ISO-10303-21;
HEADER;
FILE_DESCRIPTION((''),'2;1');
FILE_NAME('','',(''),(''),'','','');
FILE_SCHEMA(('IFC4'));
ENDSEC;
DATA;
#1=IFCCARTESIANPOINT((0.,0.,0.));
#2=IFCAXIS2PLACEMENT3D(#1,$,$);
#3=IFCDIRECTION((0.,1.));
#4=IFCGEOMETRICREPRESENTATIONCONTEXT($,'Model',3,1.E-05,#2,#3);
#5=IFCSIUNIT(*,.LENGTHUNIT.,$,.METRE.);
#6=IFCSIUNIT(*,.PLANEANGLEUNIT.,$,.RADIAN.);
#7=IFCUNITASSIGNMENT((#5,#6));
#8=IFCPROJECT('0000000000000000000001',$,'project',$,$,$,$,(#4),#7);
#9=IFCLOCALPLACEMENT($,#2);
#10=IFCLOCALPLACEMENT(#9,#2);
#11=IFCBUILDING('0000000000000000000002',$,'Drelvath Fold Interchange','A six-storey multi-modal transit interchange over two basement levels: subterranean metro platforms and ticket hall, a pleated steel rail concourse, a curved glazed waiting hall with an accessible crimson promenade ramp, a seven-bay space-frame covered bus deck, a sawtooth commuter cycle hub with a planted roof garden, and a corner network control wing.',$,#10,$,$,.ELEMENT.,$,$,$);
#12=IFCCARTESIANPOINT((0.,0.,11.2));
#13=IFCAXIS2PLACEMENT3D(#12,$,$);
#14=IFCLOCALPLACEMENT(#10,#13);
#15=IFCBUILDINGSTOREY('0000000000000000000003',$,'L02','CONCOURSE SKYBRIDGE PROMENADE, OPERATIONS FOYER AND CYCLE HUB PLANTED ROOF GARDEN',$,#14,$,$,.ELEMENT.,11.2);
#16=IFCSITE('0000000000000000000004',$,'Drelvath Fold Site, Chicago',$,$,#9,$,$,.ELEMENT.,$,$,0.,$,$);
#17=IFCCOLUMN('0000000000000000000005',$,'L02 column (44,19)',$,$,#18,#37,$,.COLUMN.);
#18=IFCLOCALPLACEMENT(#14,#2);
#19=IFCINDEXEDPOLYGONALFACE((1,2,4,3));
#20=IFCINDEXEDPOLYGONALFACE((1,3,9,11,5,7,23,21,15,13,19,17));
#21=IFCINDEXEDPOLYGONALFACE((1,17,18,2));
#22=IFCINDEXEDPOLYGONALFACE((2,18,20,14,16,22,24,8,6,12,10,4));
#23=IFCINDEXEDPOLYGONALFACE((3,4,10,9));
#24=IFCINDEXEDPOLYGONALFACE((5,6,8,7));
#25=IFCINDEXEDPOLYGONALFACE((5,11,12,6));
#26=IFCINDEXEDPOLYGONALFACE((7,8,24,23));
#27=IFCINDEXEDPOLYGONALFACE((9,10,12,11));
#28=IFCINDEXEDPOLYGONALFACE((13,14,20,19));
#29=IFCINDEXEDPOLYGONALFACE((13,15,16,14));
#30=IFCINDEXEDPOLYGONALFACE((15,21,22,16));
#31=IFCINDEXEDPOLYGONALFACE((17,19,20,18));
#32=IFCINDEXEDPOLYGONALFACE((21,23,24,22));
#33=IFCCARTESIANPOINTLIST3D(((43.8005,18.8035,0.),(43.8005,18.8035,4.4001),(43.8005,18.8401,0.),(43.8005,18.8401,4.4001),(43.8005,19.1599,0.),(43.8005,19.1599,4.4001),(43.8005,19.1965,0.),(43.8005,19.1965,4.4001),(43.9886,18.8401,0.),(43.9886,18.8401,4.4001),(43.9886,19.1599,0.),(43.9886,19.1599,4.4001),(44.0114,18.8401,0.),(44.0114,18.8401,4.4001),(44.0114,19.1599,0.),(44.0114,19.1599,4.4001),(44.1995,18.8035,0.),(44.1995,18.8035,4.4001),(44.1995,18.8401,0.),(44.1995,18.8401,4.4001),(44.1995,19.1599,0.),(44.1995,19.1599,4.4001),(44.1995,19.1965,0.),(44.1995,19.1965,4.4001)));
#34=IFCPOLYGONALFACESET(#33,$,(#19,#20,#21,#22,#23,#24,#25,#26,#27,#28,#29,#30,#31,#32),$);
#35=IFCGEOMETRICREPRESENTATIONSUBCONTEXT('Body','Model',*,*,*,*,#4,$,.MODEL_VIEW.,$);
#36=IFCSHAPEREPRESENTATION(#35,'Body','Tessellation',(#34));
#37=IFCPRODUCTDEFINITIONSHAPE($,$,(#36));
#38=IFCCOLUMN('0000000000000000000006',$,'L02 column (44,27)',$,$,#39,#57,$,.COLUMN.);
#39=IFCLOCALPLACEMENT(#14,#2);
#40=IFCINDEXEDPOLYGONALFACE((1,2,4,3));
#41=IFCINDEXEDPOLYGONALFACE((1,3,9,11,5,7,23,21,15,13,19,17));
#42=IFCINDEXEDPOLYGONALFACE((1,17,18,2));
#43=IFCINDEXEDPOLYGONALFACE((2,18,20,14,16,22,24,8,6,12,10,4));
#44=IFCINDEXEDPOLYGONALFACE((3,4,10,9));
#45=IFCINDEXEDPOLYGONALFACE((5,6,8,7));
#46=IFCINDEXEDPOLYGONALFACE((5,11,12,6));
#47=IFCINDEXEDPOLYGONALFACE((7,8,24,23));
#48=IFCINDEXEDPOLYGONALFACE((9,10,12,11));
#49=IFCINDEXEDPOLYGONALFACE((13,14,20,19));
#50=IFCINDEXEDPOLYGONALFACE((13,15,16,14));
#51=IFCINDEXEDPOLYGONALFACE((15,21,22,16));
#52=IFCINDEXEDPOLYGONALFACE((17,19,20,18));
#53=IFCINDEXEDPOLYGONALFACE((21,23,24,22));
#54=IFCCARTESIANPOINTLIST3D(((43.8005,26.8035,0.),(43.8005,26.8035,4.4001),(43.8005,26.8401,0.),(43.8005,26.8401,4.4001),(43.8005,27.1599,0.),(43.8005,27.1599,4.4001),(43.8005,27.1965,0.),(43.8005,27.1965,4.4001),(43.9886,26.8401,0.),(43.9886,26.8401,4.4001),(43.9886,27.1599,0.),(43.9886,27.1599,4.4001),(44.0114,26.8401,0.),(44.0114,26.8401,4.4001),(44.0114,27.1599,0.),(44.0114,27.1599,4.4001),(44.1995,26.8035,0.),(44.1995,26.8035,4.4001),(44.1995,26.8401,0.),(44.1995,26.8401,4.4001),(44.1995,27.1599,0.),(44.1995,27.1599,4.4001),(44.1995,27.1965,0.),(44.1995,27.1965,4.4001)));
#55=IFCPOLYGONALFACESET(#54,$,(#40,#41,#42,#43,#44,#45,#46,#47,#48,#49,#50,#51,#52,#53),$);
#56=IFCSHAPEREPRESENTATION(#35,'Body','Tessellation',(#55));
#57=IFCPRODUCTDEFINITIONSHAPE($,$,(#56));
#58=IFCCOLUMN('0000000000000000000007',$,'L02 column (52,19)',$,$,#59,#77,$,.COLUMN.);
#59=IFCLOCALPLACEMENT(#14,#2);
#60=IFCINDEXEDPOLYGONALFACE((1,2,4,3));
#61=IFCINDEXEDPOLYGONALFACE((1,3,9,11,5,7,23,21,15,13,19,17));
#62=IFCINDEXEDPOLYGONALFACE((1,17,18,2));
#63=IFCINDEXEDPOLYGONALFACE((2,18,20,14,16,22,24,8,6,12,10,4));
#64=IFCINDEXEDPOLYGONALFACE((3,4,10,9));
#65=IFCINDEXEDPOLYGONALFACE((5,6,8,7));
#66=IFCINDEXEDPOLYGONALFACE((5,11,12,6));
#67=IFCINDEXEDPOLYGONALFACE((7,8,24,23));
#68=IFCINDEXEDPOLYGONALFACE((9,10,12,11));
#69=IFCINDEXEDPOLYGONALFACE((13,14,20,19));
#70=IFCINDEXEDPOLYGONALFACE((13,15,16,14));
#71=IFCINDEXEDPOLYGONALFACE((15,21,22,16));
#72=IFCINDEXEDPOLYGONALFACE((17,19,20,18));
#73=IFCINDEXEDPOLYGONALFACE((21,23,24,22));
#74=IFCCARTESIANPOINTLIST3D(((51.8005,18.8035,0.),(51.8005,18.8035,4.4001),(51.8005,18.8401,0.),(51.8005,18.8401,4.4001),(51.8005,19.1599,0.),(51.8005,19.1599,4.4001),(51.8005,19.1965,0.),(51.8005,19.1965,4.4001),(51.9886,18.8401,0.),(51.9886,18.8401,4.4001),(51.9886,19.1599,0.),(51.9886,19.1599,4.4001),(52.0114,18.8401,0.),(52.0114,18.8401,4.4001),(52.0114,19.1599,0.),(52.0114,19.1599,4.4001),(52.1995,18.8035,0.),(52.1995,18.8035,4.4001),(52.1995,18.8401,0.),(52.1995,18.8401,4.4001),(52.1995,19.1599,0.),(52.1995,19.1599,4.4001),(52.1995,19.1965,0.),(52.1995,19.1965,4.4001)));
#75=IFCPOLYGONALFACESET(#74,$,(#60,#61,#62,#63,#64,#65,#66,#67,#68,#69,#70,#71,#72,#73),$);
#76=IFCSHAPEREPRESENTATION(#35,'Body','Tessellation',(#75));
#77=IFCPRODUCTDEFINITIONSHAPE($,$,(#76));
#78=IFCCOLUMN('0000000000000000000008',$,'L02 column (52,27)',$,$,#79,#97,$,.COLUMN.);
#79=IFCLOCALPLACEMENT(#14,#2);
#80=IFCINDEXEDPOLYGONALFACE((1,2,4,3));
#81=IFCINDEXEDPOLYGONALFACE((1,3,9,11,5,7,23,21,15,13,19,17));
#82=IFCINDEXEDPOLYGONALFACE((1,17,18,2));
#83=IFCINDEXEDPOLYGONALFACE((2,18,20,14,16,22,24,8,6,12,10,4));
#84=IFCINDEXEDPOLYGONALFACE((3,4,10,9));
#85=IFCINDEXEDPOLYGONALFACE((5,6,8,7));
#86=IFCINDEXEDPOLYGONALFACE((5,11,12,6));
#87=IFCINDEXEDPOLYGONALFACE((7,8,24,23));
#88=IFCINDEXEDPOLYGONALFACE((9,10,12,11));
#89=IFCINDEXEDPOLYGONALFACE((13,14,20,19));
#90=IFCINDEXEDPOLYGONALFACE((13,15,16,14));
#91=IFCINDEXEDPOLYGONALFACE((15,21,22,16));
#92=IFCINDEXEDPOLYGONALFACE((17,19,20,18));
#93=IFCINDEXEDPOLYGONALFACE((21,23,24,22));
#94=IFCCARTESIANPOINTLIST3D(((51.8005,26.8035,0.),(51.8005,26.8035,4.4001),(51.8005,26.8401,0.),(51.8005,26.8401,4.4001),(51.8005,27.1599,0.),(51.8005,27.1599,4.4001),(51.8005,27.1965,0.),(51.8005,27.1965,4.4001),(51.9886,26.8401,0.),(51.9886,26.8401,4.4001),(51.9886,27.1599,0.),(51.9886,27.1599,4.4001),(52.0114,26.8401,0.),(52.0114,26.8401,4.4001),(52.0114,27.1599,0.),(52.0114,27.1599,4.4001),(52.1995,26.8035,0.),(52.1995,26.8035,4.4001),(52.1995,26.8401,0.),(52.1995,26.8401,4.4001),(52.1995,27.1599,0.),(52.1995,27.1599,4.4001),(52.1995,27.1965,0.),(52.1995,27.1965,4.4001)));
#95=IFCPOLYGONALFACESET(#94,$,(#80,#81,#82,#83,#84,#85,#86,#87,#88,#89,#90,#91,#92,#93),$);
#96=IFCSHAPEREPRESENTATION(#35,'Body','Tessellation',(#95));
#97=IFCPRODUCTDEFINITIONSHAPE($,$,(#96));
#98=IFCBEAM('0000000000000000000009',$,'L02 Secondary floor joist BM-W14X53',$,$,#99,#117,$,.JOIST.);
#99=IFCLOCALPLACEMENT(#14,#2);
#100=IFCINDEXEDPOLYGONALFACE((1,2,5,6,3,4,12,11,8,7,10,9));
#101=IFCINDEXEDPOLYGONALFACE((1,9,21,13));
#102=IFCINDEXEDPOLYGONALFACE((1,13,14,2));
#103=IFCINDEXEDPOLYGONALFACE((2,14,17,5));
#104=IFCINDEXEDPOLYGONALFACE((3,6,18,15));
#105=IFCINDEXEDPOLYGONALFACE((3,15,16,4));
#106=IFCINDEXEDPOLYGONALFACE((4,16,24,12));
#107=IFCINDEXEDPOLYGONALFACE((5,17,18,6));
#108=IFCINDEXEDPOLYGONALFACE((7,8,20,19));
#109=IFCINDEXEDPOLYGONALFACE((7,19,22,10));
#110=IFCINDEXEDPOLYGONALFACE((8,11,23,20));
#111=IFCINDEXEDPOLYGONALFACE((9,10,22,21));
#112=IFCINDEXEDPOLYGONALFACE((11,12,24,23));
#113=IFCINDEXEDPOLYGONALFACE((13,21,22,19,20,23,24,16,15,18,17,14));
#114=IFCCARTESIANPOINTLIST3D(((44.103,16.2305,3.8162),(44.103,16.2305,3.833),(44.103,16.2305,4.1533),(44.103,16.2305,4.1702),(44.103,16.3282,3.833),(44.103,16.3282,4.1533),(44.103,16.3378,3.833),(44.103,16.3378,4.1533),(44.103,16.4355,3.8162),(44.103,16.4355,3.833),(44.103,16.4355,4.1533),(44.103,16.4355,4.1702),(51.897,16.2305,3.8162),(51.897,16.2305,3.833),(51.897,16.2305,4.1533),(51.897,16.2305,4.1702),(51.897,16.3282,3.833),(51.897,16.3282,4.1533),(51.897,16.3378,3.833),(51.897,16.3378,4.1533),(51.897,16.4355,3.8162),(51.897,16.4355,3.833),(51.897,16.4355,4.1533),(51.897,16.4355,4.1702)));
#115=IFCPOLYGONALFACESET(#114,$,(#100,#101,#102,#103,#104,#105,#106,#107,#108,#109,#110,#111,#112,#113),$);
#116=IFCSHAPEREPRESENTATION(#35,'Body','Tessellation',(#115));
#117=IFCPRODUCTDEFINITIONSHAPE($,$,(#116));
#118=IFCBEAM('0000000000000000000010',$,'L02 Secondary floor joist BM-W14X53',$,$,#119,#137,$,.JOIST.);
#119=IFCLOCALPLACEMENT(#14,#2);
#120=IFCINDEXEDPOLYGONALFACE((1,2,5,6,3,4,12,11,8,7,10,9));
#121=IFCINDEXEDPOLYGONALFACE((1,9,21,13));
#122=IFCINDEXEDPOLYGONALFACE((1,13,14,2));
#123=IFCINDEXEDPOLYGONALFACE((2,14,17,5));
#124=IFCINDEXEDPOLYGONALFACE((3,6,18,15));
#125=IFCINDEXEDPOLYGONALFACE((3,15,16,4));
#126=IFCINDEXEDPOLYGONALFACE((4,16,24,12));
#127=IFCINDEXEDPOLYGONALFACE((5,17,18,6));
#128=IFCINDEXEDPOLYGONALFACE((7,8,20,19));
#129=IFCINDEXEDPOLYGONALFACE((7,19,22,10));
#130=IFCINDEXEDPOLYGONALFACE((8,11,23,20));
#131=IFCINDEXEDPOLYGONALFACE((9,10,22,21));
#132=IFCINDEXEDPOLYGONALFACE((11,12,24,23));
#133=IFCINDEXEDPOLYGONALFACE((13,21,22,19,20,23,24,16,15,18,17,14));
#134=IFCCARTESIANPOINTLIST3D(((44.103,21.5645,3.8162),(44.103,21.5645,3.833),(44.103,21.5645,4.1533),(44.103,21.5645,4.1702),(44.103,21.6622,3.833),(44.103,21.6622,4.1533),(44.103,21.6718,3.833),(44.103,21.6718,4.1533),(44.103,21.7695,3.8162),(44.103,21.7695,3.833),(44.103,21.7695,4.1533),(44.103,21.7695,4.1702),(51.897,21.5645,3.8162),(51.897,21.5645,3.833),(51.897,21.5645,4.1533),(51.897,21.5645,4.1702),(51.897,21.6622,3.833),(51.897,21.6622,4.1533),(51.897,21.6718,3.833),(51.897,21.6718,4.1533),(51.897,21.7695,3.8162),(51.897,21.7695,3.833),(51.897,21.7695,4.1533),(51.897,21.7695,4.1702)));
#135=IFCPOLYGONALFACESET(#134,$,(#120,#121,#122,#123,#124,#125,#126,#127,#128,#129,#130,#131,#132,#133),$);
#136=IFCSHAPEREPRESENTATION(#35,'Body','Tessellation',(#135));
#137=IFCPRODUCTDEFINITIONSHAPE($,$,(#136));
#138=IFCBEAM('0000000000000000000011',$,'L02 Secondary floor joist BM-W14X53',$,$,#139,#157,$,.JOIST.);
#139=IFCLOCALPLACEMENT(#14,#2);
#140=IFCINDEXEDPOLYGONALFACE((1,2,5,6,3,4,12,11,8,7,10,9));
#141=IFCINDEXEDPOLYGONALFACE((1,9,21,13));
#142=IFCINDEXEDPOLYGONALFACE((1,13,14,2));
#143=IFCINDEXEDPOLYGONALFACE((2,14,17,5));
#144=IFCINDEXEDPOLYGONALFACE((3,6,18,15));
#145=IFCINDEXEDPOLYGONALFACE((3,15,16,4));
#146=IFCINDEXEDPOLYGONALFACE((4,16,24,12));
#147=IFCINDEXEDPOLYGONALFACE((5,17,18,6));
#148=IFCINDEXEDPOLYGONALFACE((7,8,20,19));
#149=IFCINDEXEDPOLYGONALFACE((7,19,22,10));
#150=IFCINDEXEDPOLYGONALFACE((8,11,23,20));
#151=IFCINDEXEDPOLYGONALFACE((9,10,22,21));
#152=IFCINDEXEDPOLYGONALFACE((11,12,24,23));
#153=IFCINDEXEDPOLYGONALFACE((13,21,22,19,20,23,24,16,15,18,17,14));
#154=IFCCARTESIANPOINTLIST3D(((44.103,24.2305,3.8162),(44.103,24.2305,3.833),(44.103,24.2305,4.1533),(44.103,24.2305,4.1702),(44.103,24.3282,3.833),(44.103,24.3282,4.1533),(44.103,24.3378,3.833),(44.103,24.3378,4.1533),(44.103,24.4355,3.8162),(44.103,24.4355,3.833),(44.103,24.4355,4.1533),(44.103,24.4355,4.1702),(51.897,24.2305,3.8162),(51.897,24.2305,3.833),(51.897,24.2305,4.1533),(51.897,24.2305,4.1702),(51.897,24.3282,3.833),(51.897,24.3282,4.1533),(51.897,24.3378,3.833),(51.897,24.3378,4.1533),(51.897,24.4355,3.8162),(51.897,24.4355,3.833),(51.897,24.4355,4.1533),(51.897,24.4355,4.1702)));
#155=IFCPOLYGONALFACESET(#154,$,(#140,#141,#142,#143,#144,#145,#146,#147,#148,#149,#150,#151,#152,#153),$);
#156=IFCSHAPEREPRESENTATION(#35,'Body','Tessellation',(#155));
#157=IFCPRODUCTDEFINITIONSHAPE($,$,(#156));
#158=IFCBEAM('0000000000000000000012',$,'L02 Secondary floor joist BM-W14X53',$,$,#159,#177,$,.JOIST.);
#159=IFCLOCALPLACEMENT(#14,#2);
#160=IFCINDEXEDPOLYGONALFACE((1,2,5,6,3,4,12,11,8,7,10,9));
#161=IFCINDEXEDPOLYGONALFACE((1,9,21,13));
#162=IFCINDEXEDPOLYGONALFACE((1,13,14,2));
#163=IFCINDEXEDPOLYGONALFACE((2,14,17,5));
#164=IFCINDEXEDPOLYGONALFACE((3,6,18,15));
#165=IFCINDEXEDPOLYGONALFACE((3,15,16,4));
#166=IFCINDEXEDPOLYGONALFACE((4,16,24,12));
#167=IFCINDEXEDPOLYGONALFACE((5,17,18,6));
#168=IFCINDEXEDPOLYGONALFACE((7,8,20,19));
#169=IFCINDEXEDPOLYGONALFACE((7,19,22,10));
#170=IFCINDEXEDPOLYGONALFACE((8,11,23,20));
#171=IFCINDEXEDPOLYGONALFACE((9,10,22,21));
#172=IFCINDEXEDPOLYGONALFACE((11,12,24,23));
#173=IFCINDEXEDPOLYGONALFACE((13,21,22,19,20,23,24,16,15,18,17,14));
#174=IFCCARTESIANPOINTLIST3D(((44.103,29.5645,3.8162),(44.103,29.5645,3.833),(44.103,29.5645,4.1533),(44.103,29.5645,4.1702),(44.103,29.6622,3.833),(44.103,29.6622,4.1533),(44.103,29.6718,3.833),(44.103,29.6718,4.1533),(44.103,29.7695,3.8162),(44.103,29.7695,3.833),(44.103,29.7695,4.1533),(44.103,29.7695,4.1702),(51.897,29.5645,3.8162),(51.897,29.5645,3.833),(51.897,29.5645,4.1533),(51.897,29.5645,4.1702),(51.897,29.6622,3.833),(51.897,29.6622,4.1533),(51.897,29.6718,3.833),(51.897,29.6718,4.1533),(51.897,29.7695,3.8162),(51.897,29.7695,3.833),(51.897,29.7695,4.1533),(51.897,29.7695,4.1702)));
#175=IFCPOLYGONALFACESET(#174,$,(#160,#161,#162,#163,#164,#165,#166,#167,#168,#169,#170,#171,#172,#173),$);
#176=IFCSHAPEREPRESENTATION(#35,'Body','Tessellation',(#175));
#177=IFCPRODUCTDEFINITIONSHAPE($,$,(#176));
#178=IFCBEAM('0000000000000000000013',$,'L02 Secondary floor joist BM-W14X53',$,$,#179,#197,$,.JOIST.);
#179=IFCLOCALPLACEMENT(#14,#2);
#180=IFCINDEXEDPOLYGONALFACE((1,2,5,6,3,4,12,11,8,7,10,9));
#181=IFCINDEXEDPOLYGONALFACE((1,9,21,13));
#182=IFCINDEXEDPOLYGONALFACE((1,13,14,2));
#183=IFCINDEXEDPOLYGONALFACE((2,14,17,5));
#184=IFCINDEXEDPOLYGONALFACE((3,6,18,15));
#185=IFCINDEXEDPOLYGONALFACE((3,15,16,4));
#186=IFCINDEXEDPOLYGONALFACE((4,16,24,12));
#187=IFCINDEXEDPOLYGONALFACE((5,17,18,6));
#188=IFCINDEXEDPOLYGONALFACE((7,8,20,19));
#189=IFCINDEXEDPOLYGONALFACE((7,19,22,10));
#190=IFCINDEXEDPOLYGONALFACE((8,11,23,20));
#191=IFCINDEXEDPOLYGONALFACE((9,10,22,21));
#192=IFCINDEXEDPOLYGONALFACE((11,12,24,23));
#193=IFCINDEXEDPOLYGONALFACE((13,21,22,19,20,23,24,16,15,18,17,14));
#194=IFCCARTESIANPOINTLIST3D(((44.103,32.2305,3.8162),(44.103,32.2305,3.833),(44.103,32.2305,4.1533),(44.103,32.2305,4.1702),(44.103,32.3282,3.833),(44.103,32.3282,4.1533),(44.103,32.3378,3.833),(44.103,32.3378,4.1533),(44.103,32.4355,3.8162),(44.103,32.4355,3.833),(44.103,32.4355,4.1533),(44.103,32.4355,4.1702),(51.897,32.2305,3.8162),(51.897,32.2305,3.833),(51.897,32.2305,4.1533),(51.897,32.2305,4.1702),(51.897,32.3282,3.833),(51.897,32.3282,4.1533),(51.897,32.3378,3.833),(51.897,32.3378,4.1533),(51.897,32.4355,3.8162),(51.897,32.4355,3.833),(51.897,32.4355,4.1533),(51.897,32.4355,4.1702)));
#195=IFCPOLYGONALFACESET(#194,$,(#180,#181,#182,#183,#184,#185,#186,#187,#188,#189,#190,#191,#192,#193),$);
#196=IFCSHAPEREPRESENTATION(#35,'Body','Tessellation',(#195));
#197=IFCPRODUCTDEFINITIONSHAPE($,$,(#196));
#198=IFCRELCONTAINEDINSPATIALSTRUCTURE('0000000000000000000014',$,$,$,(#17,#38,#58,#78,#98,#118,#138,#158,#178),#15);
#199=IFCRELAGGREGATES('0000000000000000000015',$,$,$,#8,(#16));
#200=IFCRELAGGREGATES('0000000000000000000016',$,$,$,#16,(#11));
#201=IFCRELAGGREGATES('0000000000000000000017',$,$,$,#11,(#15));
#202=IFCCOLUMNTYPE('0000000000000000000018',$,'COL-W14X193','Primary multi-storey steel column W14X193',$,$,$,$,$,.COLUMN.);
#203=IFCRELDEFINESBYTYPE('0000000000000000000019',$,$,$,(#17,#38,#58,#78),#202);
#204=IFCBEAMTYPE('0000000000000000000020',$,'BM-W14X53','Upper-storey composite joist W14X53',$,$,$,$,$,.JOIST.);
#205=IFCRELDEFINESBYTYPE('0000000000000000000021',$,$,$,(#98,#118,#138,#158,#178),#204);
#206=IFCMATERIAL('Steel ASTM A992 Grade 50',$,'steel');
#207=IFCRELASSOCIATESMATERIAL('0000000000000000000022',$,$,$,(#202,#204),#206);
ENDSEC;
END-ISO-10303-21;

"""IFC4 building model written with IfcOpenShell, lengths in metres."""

from ifc_helpers import new_model, si_unit, direction, frame, origin, origin_2d, place, context, subcontext, project, spatial, i_section, extrude, material, material_profile, profile_set, type_object, element, save


model = new_model("IFC4")

# Units and contexts
model_context = context("Model", 3, precision=1e-05, world=origin(), true_north=direction((0.0, 1.0)))
body_context = subcontext(model_context, "Body", "Model", "MODEL_VIEW")
ifc_project = project(units=[si_unit("LENGTHUNIT", "METRE"), si_unit("PLANEANGLEUNIT", "RADIAN")], contexts=[model_context])

# Site, building, storey
site_placement = place(None, origin())
site = spatial("IfcSite", under=ifc_project, at=site_placement, Name="Drelvath Fold Site, Chicago", CompositionType="ELEMENT", RefElevation=0.0)
building_placement = place(site_placement, origin())
building = spatial("IfcBuilding", under=site, at=building_placement, Name="Drelvath Fold Interchange", Description="A six-storey multi-modal transit interchange over two basement levels: subterranean metro platforms and ticket hall, a pleated steel rail concourse, a curved glazed waiting hall with an accessible crimson promenade ramp, a seven-bay space-frame covered bus deck, a sawtooth commuter cycle hub with a planted roof garden, and a corner network control wing.", CompositionType="ELEMENT")
storey_placement = place(building_placement, frame((0.0, 0.0, 11.2)))
storey = spatial("IfcBuildingStorey", under=building, at=storey_placement, Name="L02", Description="CONCOURSE SKYBRIDGE PROMENADE, OPERATIONS FOYER AND CYCLE HUB PLANTED ROOF GARDEN", CompositionType="ELEMENT", Elevation=11.2)

# Columns
ifc_material_1 = material(Name="Steel ASTM A992 Grade 50", Category="steel")
ifc_material_profile_1 = material_profile(ifc_material_1, i_section(OverallWidth=0.3989, OverallDepth=0.3931, WebThickness=0.0227, FlangeThickness=0.0366, at=origin_2d()), Name="W14X193")
ifc_profile_set_1 = profile_set([ifc_material_profile_1], Name="Steel ASTM A992 Grade 50")
column_type = type_object("IfcColumnType", Name="COL-W14X193", Description="Primary multi-storey steel column W14X193", PredefinedType="COLUMN", material=ifc_profile_set_1)
for number, where, z_axis, x_axis, name in (
    (1, (44.0, 19.0, 0.0), (0.0, 0.0, 1.0), (1.0, 0.0, 0.0), "L02 column (44,19)"),
    (2, (44.0, 27.0, 0.0), (0.0, 0.0, 1.0), (1.0, 0.0, 0.0), "L02 column (44,27)"),
    (3, (52.0, 19.0, 0.0), (0.0, 0.0, 1.0), (1.0, 0.0, 0.0), "L02 column (52,19)"),
    (4, (52.0, 27.0, 0.0), (0.0, 0.0, 1.0), (1.0, 0.0, 0.0), "L02 column (52,27)"),
):
    element("IfcColumn", number, at=place(storey_placement, frame(where, z_axis=z_axis, x_axis=x_axis)), inside=storey, type_object=column_type, Name=name, PredefinedType="COLUMN", context=body_context, shape_type="SweptSolid", body=[
        extrude(i_section(OverallWidth=0.3989, OverallDepth=0.3931, WebThickness=0.0227, FlangeThickness=0.0366, at=origin_2d()), origin(), (0.0, 0.0, 1.0), 4.4001),
    ])

# Beams
ifc_material_profile_2 = material_profile(ifc_material_1, i_section(OverallWidth=0.2051, OverallDepth=0.354, WebThickness=0.0095, FlangeThickness=0.0168, at=origin_2d()), Name="W14X53")
ifc_profile_set_2 = profile_set([ifc_material_profile_2], Name="Steel ASTM A992 Grade 50")
beam_type_1 = type_object("IfcBeamType", Name="BM-W14X53", Description="Upper-storey composite joist W14X53", PredefinedType="JOIST", material=ifc_profile_set_2)
for number, where, z_axis, x_axis, name in (
    (5, (44.103, 16.333, 3.9932), (1.0, 0.0, 0.0), (0.0, 1.0, 0.0), "L02 Secondary floor joist BM-W14X53"),
    (6, (44.103, 21.667, 3.9932), (1.0, 0.0, 0.0), (0.0, 1.0, 0.0), "L02 Secondary floor joist BM-W14X53"),
    (7, (44.103, 24.333, 3.9932), (1.0, 0.0, 0.0), (0.0, 1.0, 0.0), "L02 Secondary floor joist BM-W14X53"),
    (8, (44.103, 29.667, 3.9932), (1.0, 0.0, 0.0), (0.0, 1.0, 0.0), "L02 Secondary floor joist BM-W14X53"),
    (9, (44.103, 32.333, 3.9932), (1.0, 0.0, 0.0), (0.0, 1.0, 0.0), "L02 Secondary floor joist BM-W14X53"),
):
    element("IfcBeam", number, at=place(storey_placement, frame(where, z_axis=z_axis, x_axis=x_axis)), inside=storey, type_object=beam_type_1, Name=name, PredefinedType="JOIST", context=body_context, shape_type="SweptSolid", body=[
        extrude(i_section(OverallWidth=0.2051, OverallDepth=0.354, WebThickness=0.0095, FlangeThickness=0.0168, at=origin_2d()), origin(), (0.0, 0.0, 1.0), 7.7939),
    ])

save(model, "model.ifc")
